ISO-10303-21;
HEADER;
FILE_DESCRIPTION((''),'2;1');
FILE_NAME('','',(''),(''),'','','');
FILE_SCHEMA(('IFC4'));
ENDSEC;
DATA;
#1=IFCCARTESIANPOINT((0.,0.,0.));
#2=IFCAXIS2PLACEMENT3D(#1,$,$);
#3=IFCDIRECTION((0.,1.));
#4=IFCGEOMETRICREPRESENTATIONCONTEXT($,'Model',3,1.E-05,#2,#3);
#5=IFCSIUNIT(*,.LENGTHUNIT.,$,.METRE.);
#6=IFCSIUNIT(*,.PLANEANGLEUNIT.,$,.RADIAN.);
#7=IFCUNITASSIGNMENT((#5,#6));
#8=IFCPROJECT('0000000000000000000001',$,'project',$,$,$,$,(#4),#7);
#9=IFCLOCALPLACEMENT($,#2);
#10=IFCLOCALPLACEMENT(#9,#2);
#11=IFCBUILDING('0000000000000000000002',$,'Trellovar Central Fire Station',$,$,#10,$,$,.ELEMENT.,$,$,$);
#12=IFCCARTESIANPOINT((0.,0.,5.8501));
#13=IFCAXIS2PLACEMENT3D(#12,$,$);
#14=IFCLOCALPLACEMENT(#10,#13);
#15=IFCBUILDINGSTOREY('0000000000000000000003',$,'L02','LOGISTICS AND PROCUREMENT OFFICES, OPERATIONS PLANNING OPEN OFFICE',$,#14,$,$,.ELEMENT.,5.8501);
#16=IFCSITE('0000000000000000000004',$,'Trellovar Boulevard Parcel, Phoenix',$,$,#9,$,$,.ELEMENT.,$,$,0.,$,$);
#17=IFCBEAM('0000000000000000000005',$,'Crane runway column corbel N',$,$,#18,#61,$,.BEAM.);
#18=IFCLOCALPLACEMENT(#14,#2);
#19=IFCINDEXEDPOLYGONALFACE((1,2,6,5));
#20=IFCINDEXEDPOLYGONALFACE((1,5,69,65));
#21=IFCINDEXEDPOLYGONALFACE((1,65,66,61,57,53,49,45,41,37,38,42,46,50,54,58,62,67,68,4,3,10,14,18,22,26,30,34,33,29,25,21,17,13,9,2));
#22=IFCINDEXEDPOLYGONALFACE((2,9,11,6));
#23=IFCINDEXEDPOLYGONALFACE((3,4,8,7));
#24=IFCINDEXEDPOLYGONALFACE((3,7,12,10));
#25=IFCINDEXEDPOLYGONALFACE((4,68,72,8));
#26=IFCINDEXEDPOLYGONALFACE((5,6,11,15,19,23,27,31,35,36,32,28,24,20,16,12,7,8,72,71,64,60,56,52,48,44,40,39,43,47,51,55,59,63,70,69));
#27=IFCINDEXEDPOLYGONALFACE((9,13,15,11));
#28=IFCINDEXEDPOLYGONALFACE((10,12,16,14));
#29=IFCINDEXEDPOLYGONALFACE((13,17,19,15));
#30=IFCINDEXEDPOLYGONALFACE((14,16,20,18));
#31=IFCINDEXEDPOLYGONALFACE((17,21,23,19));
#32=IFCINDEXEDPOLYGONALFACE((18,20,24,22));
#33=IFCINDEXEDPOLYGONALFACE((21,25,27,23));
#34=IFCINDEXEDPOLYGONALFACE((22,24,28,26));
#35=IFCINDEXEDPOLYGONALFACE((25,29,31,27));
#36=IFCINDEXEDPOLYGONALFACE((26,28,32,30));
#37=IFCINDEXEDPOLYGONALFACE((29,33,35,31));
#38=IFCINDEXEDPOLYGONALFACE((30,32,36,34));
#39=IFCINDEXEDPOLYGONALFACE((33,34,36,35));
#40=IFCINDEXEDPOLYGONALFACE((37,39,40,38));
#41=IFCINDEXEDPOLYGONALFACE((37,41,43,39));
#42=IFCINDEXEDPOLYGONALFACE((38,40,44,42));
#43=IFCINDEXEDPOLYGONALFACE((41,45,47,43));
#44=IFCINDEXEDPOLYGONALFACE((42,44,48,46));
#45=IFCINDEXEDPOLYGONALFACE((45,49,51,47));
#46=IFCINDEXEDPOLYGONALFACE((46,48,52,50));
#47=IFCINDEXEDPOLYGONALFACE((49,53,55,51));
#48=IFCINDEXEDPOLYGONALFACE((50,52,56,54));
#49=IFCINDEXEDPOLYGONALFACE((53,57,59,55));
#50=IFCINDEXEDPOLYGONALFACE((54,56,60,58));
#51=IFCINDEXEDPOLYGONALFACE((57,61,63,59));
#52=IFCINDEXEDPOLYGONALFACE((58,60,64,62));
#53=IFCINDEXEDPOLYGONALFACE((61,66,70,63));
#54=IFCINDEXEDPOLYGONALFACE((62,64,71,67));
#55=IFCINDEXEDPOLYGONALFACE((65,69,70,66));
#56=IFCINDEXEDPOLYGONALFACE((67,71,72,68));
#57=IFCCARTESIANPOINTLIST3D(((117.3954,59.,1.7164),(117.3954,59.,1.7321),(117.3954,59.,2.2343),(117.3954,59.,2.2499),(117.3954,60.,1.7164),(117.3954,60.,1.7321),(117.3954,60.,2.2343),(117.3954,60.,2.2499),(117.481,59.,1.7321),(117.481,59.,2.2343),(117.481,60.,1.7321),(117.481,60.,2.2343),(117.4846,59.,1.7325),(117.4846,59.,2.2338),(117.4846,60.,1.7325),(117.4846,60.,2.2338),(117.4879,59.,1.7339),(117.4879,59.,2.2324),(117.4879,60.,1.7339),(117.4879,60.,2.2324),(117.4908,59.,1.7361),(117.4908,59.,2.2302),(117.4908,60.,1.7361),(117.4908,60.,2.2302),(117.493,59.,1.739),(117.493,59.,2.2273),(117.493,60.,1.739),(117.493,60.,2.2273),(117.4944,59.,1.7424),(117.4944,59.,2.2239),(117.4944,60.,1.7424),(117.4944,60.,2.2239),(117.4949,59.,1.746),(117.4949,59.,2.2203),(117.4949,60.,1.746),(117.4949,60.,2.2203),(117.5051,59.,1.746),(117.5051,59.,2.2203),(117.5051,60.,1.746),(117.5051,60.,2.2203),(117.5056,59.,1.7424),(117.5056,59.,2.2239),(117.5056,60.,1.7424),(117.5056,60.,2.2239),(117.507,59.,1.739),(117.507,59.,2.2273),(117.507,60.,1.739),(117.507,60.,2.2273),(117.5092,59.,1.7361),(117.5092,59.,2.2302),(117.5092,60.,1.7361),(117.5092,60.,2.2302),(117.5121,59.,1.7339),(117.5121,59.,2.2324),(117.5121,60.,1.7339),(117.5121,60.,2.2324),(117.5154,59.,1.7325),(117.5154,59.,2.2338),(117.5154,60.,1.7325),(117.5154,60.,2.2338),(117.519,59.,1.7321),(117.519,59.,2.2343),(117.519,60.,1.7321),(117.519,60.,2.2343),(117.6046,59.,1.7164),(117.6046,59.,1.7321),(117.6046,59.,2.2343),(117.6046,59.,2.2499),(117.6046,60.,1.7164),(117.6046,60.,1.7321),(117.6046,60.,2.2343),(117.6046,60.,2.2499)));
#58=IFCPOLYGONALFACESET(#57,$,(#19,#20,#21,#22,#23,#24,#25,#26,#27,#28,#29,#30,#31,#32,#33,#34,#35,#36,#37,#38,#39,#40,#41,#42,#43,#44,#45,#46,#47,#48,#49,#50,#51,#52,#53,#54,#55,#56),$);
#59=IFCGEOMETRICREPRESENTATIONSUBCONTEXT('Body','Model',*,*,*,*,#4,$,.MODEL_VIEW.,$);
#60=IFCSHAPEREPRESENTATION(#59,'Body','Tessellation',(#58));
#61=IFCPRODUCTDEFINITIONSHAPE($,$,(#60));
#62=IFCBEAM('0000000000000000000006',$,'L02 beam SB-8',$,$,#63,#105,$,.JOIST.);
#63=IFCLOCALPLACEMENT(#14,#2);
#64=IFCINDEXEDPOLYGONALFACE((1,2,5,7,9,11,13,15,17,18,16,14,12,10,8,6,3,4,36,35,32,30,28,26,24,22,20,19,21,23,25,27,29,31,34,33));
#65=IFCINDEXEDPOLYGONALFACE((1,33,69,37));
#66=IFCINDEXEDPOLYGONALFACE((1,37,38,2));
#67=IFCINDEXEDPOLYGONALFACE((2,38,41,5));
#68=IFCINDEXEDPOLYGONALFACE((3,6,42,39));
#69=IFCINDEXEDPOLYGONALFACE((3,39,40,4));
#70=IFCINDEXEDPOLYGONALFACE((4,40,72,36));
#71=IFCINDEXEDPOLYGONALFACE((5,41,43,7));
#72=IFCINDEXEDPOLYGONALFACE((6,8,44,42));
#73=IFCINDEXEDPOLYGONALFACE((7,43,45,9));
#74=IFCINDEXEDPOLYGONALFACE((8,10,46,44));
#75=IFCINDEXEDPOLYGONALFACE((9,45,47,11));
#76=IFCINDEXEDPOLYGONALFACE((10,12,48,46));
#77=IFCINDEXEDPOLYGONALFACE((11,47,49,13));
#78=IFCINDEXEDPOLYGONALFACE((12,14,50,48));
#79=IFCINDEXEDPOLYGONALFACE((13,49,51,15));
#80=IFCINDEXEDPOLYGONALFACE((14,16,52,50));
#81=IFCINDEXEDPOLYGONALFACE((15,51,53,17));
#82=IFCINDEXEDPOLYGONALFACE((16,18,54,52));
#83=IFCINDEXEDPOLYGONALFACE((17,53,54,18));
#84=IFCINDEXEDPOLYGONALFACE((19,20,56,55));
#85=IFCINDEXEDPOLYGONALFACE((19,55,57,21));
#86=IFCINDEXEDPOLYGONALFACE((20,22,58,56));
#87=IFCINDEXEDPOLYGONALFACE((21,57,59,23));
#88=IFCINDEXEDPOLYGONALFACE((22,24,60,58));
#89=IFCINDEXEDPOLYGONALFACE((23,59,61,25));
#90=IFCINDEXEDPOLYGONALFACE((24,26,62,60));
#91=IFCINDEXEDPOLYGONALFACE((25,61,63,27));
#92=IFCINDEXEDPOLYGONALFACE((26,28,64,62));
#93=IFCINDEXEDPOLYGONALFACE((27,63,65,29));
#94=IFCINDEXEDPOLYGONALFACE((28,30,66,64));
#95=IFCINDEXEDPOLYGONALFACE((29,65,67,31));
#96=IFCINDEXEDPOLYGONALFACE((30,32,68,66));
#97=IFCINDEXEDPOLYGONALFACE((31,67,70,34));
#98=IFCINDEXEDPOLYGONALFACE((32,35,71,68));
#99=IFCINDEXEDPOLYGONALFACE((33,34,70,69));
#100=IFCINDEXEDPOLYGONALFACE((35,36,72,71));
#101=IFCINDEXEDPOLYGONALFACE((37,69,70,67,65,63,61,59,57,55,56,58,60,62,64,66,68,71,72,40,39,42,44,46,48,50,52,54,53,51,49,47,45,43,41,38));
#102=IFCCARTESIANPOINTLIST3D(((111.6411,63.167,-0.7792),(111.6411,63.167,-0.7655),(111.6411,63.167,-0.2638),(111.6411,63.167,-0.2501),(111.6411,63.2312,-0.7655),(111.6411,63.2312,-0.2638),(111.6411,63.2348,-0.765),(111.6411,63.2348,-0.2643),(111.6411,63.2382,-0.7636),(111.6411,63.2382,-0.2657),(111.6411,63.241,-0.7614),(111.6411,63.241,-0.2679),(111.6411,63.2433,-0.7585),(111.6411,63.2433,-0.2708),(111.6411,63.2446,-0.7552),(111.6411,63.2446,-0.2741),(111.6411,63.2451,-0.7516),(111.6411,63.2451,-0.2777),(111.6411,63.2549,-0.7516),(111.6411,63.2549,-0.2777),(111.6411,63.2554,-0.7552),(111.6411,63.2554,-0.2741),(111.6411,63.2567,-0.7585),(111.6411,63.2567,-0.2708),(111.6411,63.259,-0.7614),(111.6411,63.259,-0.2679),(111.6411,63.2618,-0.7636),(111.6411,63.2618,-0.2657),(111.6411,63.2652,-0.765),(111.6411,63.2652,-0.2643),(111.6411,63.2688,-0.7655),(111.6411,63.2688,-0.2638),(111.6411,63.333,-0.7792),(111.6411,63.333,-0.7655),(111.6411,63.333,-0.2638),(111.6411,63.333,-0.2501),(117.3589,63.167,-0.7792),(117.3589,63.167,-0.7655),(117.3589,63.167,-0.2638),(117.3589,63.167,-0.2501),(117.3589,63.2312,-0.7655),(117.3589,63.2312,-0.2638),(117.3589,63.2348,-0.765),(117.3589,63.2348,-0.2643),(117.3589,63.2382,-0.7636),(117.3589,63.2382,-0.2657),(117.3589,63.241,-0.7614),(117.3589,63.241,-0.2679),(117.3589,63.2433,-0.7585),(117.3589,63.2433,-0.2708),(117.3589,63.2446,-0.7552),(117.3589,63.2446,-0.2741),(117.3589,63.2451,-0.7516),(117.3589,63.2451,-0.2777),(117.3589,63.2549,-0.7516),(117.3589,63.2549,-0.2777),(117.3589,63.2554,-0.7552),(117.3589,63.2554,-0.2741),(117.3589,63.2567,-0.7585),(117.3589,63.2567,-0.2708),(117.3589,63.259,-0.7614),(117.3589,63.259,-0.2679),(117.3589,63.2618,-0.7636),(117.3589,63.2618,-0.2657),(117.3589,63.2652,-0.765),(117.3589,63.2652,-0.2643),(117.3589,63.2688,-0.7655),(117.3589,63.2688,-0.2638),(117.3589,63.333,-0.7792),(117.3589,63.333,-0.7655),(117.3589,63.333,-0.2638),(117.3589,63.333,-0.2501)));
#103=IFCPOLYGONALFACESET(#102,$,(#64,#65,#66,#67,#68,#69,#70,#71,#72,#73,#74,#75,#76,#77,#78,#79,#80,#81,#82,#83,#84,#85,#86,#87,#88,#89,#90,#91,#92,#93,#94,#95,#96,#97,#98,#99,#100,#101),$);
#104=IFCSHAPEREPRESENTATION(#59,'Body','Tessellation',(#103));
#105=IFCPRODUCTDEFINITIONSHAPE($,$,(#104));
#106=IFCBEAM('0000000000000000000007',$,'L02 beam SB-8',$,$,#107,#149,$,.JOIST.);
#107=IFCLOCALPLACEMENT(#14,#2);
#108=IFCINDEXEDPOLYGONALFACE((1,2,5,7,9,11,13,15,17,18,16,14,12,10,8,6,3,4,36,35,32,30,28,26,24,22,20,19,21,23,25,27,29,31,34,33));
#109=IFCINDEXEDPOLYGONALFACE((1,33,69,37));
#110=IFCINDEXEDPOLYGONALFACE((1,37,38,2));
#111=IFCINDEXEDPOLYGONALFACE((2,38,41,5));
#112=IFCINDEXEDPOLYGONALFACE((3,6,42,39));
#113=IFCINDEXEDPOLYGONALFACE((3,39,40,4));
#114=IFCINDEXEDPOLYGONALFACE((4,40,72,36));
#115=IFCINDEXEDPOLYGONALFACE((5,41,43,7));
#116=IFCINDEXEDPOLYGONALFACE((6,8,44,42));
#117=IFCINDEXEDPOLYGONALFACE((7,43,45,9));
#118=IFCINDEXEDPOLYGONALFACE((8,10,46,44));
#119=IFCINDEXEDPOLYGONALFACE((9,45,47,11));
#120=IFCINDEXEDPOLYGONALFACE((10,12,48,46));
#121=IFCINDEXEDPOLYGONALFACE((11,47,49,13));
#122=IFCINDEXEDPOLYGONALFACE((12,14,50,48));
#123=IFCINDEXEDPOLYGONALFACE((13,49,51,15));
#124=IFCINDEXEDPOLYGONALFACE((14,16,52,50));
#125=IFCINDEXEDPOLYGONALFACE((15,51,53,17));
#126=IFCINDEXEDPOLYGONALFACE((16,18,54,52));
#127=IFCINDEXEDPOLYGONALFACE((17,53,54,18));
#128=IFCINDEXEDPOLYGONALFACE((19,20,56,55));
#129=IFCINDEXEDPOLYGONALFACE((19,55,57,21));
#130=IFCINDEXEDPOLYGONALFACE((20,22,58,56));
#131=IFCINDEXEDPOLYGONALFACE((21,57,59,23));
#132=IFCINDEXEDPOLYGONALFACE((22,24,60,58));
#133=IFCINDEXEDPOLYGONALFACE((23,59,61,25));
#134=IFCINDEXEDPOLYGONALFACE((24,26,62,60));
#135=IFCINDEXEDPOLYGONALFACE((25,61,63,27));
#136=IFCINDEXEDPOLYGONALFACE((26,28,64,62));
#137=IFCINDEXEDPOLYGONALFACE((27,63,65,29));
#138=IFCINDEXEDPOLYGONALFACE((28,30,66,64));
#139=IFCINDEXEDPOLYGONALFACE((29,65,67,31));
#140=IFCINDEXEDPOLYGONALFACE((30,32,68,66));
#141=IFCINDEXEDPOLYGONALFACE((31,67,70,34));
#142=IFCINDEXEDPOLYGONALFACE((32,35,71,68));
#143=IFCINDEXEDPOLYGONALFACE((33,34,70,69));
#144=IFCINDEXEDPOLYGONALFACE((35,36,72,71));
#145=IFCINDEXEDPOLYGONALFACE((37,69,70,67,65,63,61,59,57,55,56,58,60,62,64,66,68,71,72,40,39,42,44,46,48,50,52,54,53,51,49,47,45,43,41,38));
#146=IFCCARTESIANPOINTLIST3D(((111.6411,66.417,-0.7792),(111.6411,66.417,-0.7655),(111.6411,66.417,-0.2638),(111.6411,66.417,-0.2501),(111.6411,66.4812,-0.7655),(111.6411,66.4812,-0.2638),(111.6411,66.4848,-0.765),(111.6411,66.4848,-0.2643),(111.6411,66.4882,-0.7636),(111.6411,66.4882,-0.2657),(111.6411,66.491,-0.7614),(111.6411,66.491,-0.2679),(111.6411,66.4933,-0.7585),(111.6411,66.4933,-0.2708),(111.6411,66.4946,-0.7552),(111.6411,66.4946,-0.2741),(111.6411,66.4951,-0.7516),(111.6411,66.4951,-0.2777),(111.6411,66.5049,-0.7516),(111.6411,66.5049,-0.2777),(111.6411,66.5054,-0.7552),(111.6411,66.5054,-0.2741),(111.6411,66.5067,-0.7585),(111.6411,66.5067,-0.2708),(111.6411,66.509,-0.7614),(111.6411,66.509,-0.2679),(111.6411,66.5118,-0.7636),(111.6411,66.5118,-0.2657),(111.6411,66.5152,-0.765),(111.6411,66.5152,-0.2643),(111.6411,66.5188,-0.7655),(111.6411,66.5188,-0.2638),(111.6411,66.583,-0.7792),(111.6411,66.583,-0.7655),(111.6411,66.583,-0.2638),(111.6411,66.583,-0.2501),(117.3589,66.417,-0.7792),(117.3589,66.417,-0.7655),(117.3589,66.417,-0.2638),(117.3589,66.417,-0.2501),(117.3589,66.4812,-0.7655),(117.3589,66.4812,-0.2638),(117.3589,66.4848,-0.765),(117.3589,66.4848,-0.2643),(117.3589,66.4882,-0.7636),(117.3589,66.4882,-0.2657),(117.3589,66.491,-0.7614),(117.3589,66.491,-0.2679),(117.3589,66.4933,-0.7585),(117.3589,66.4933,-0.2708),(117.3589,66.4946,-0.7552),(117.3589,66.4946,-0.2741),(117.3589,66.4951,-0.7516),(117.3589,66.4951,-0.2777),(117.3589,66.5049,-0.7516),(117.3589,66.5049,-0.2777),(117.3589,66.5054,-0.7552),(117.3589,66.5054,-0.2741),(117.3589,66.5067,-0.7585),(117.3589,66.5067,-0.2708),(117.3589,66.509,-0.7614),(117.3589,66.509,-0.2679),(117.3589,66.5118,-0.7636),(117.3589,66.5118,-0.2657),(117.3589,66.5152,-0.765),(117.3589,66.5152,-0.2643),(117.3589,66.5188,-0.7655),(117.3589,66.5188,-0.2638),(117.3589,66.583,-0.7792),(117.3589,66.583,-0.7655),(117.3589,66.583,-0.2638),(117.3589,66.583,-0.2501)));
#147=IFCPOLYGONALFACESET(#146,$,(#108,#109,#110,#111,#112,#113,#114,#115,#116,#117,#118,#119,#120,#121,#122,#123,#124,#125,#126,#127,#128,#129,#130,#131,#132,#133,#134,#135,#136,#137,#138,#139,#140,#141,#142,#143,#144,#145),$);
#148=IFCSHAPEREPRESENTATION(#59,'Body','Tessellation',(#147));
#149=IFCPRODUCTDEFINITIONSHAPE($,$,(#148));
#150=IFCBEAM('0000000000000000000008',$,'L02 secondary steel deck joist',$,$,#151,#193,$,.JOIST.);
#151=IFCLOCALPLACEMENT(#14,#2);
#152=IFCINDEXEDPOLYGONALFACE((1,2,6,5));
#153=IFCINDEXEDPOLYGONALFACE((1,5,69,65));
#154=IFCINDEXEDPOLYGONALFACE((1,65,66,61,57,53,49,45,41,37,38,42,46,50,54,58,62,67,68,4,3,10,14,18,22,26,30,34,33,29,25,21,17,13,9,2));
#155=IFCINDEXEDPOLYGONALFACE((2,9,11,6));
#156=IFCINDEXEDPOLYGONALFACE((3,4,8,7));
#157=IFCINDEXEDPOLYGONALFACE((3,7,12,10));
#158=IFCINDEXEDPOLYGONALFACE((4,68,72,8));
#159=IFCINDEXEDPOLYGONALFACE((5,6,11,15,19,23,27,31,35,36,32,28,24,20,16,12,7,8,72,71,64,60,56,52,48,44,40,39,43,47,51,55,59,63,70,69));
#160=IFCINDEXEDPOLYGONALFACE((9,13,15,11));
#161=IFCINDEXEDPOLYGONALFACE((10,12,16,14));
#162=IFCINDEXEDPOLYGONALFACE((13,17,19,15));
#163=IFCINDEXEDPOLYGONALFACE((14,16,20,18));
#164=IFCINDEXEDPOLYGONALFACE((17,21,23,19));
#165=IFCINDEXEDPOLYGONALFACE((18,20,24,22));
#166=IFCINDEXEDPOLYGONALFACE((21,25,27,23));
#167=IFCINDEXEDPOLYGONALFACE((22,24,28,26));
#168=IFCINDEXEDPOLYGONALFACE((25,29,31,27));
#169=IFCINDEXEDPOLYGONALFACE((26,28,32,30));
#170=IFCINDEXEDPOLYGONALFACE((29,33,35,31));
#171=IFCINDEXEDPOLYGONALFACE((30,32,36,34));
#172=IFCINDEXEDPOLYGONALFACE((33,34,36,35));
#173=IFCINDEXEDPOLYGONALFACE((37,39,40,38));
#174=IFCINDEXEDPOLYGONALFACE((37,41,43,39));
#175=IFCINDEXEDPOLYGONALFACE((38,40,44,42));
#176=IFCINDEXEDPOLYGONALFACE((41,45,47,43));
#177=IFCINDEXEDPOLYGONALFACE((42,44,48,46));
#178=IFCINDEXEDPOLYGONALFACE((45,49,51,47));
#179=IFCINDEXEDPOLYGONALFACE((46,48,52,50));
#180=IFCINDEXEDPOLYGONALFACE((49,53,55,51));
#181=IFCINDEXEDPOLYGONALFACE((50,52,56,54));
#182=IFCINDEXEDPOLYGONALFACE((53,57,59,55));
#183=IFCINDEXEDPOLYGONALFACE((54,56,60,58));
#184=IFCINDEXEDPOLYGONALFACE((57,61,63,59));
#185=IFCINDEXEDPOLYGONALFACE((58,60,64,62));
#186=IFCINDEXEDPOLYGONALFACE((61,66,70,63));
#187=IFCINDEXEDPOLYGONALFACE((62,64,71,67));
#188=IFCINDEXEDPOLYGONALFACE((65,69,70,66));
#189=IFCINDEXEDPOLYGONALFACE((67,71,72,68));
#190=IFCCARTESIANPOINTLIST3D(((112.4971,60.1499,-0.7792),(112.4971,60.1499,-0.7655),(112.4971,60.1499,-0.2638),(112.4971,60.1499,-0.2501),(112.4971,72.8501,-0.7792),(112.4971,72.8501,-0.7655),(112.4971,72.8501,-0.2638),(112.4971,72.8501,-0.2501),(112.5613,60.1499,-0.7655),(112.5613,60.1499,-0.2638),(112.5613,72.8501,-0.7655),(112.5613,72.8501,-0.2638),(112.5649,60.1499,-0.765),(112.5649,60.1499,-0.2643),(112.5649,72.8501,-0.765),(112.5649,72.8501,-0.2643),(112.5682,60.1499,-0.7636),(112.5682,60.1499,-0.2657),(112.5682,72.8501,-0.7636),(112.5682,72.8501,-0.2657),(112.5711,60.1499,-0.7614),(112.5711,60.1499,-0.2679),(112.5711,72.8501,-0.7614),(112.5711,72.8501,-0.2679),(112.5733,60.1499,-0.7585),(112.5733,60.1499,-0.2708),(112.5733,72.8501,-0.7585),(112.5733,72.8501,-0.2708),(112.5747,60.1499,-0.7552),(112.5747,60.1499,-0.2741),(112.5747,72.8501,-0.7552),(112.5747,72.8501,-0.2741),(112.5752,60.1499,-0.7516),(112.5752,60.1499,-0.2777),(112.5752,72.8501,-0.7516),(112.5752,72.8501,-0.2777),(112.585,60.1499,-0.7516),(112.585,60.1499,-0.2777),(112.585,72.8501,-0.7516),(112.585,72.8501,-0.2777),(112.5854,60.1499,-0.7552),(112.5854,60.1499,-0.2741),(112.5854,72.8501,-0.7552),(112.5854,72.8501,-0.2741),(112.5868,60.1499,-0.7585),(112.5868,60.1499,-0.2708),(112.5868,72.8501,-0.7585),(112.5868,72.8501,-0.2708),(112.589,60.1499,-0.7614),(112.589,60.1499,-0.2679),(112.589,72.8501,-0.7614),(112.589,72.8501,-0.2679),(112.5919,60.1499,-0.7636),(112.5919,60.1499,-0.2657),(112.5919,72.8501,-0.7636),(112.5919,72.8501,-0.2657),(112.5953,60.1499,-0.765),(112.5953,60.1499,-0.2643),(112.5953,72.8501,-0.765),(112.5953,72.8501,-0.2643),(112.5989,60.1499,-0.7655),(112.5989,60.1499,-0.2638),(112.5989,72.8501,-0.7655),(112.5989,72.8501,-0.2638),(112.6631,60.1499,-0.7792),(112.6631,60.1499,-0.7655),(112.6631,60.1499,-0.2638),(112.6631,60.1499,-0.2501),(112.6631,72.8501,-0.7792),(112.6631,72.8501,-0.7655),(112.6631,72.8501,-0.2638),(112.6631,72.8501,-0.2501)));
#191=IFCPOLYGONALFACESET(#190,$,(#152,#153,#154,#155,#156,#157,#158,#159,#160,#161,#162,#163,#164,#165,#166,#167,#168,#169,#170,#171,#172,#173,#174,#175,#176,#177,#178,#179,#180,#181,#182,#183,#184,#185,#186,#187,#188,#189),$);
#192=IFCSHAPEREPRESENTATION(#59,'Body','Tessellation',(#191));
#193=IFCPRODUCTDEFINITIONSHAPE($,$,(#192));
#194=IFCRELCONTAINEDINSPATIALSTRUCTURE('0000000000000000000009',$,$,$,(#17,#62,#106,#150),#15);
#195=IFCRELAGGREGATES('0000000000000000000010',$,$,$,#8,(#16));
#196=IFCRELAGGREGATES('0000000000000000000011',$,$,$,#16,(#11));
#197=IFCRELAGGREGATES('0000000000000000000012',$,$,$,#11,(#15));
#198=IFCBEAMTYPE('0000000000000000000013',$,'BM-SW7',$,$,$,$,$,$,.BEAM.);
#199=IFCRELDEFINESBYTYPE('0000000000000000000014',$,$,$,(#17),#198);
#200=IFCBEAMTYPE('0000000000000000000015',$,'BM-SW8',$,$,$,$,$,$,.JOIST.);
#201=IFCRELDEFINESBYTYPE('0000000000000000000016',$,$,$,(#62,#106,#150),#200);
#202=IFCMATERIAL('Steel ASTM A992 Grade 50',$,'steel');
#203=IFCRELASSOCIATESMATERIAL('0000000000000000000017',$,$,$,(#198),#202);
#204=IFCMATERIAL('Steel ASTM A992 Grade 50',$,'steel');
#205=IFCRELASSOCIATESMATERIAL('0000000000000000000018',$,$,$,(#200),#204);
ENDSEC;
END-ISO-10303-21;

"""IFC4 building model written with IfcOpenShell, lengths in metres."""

from ifc_helpers import new_model, si_unit, direction, frame, origin, origin_2d, place, context, subcontext, project, spatial, i_section, extrude, material, material_profile, profile_set, type_object, element, save


model = new_model("IFC4")

# Units and contexts
model_context = context("Model", 3, precision=1e-05, world=origin(), true_north=direction((0.0, 1.0)))
body_context = subcontext(model_context, "Body", "Model", "MODEL_VIEW")
ifc_project = project(units=[si_unit("LENGTHUNIT", "METRE"), si_unit("PLANEANGLEUNIT", "RADIAN")], contexts=[model_context])

# Site, building, storey
site_placement = place(None, origin())
site = spatial("IfcSite", under=ifc_project, at=site_placement, Name="Trellovar Boulevard Parcel, Phoenix", CompositionType="ELEMENT", RefElevation=0.0)
building_placement = place(site_placement, origin())
building = spatial("IfcBuilding", under=site, at=building_placement, Name="Trellovar Central Fire Station", CompositionType="ELEMENT")
storey_placement = place(building_placement, frame((0.0, 0.0, 5.8501)))
storey = spatial("IfcBuildingStorey", under=building, at=storey_placement, Name="L02", Description="LOGISTICS AND PROCUREMENT OFFICES, OPERATIONS PLANNING OPEN OFFICE", CompositionType="ELEMENT", Elevation=5.8501)

# Beams
ifc_material_1 = material(Name="Steel ASTM A992 Grade 50", Category="steel")
ifc_material_profile_1 = material_profile(ifc_material_1, i_section(OverallWidth=0.2092, OverallDepth=0.5334, WebThickness=0.0103, FlangeThickness=0.0156, FilletRadius=0.0139, at=origin_2d()), Name="W21X62")
ifc_profile_set_1 = profile_set([ifc_material_profile_1], Name="Steel ASTM A992 Grade 50")
beam_type_1 = type_object("IfcBeamType", Name="BM-SW7", PredefinedType="BEAM", material=ifc_profile_set_1)
beam_1_placement = place(storey_placement, frame((117.5, 59.0, 1.9832), z_axis=(0.0, 1.0, 0.0), x_axis=(-1.0, 0.0, 0.0)))
element("IfcBeam", 1, at=beam_1_placement, inside=storey, type_object=beam_type_1, Name="Crane runway column corbel N", PredefinedType="BEAM", context=body_context, shape_type="SweptSolid", body=[
    extrude(i_section(OverallWidth=0.2092, OverallDepth=0.5334, WebThickness=0.0103, FlangeThickness=0.0156, FilletRadius=0.0139, at=origin_2d()), origin(), (0.0, 0.0, 1.0), 1.0),
])
ifc_material_2 = material(Name="Steel ASTM A992 Grade 50", Category="steel")
ifc_material_profile_2 = material_profile(ifc_material_2, i_section(OverallWidth=0.166, OverallDepth=0.5291, WebThickness=0.0098, FlangeThickness=0.0137, FilletRadius=0.0139, at=origin_2d()), Name="W21X50")
ifc_profile_set_2 = profile_set([ifc_material_profile_2], Name="Steel ASTM A992 Grade 50")
beam_type_2 = type_object("IfcBeamType", Name="BM-SW8", PredefinedType="JOIST", material=ifc_profile_set_2)
for number, where, z_axis, x_axis, name in (
    (2, (111.6411, 63.25, -0.5146), (1.0, 0.0, 0.0), (0.0, 1.0, 0.0), "L02 beam SB-8"),
    (3, (111.6411, 66.5, -0.5146), (1.0, 0.0, 0.0), (0.0, 1.0, 0.0), "L02 beam SB-8"),
):
    element("IfcBeam", number, at=place(storey_placement, frame(where, z_axis=z_axis, x_axis=x_axis)), inside=storey, type_object=beam_type_2, Name=name, PredefinedType="JOIST", context=body_context, shape_type="SweptSolid", body=[
        extrude(i_section(OverallWidth=0.166, OverallDepth=0.5291, WebThickness=0.0098, FlangeThickness=0.0137, FilletRadius=0.0139, at=origin_2d()), origin(), (0.0, 0.0, 1.0), 5.7178),
    ])
beam_2_placement = place(storey_placement, frame((112.5801, 60.1499, -0.5146), z_axis=(0.0, 1.0, 0.0), x_axis=(-1.0, 0.0, 0.0)))
element("IfcBeam", 4, at=beam_2_placement, inside=storey, type_object=beam_type_2, Name="L02 secondary steel deck joist", PredefinedType="JOIST", context=body_context, shape_type="SweptSolid", body=[
    extrude(i_section(OverallWidth=0.166, OverallDepth=0.5291, WebThickness=0.0098, FlangeThickness=0.0137, FilletRadius=0.0139, at=origin_2d()), origin(), (0.0, 0.0, 1.0), 12.7002),
])

save(model, "model.ifc")
